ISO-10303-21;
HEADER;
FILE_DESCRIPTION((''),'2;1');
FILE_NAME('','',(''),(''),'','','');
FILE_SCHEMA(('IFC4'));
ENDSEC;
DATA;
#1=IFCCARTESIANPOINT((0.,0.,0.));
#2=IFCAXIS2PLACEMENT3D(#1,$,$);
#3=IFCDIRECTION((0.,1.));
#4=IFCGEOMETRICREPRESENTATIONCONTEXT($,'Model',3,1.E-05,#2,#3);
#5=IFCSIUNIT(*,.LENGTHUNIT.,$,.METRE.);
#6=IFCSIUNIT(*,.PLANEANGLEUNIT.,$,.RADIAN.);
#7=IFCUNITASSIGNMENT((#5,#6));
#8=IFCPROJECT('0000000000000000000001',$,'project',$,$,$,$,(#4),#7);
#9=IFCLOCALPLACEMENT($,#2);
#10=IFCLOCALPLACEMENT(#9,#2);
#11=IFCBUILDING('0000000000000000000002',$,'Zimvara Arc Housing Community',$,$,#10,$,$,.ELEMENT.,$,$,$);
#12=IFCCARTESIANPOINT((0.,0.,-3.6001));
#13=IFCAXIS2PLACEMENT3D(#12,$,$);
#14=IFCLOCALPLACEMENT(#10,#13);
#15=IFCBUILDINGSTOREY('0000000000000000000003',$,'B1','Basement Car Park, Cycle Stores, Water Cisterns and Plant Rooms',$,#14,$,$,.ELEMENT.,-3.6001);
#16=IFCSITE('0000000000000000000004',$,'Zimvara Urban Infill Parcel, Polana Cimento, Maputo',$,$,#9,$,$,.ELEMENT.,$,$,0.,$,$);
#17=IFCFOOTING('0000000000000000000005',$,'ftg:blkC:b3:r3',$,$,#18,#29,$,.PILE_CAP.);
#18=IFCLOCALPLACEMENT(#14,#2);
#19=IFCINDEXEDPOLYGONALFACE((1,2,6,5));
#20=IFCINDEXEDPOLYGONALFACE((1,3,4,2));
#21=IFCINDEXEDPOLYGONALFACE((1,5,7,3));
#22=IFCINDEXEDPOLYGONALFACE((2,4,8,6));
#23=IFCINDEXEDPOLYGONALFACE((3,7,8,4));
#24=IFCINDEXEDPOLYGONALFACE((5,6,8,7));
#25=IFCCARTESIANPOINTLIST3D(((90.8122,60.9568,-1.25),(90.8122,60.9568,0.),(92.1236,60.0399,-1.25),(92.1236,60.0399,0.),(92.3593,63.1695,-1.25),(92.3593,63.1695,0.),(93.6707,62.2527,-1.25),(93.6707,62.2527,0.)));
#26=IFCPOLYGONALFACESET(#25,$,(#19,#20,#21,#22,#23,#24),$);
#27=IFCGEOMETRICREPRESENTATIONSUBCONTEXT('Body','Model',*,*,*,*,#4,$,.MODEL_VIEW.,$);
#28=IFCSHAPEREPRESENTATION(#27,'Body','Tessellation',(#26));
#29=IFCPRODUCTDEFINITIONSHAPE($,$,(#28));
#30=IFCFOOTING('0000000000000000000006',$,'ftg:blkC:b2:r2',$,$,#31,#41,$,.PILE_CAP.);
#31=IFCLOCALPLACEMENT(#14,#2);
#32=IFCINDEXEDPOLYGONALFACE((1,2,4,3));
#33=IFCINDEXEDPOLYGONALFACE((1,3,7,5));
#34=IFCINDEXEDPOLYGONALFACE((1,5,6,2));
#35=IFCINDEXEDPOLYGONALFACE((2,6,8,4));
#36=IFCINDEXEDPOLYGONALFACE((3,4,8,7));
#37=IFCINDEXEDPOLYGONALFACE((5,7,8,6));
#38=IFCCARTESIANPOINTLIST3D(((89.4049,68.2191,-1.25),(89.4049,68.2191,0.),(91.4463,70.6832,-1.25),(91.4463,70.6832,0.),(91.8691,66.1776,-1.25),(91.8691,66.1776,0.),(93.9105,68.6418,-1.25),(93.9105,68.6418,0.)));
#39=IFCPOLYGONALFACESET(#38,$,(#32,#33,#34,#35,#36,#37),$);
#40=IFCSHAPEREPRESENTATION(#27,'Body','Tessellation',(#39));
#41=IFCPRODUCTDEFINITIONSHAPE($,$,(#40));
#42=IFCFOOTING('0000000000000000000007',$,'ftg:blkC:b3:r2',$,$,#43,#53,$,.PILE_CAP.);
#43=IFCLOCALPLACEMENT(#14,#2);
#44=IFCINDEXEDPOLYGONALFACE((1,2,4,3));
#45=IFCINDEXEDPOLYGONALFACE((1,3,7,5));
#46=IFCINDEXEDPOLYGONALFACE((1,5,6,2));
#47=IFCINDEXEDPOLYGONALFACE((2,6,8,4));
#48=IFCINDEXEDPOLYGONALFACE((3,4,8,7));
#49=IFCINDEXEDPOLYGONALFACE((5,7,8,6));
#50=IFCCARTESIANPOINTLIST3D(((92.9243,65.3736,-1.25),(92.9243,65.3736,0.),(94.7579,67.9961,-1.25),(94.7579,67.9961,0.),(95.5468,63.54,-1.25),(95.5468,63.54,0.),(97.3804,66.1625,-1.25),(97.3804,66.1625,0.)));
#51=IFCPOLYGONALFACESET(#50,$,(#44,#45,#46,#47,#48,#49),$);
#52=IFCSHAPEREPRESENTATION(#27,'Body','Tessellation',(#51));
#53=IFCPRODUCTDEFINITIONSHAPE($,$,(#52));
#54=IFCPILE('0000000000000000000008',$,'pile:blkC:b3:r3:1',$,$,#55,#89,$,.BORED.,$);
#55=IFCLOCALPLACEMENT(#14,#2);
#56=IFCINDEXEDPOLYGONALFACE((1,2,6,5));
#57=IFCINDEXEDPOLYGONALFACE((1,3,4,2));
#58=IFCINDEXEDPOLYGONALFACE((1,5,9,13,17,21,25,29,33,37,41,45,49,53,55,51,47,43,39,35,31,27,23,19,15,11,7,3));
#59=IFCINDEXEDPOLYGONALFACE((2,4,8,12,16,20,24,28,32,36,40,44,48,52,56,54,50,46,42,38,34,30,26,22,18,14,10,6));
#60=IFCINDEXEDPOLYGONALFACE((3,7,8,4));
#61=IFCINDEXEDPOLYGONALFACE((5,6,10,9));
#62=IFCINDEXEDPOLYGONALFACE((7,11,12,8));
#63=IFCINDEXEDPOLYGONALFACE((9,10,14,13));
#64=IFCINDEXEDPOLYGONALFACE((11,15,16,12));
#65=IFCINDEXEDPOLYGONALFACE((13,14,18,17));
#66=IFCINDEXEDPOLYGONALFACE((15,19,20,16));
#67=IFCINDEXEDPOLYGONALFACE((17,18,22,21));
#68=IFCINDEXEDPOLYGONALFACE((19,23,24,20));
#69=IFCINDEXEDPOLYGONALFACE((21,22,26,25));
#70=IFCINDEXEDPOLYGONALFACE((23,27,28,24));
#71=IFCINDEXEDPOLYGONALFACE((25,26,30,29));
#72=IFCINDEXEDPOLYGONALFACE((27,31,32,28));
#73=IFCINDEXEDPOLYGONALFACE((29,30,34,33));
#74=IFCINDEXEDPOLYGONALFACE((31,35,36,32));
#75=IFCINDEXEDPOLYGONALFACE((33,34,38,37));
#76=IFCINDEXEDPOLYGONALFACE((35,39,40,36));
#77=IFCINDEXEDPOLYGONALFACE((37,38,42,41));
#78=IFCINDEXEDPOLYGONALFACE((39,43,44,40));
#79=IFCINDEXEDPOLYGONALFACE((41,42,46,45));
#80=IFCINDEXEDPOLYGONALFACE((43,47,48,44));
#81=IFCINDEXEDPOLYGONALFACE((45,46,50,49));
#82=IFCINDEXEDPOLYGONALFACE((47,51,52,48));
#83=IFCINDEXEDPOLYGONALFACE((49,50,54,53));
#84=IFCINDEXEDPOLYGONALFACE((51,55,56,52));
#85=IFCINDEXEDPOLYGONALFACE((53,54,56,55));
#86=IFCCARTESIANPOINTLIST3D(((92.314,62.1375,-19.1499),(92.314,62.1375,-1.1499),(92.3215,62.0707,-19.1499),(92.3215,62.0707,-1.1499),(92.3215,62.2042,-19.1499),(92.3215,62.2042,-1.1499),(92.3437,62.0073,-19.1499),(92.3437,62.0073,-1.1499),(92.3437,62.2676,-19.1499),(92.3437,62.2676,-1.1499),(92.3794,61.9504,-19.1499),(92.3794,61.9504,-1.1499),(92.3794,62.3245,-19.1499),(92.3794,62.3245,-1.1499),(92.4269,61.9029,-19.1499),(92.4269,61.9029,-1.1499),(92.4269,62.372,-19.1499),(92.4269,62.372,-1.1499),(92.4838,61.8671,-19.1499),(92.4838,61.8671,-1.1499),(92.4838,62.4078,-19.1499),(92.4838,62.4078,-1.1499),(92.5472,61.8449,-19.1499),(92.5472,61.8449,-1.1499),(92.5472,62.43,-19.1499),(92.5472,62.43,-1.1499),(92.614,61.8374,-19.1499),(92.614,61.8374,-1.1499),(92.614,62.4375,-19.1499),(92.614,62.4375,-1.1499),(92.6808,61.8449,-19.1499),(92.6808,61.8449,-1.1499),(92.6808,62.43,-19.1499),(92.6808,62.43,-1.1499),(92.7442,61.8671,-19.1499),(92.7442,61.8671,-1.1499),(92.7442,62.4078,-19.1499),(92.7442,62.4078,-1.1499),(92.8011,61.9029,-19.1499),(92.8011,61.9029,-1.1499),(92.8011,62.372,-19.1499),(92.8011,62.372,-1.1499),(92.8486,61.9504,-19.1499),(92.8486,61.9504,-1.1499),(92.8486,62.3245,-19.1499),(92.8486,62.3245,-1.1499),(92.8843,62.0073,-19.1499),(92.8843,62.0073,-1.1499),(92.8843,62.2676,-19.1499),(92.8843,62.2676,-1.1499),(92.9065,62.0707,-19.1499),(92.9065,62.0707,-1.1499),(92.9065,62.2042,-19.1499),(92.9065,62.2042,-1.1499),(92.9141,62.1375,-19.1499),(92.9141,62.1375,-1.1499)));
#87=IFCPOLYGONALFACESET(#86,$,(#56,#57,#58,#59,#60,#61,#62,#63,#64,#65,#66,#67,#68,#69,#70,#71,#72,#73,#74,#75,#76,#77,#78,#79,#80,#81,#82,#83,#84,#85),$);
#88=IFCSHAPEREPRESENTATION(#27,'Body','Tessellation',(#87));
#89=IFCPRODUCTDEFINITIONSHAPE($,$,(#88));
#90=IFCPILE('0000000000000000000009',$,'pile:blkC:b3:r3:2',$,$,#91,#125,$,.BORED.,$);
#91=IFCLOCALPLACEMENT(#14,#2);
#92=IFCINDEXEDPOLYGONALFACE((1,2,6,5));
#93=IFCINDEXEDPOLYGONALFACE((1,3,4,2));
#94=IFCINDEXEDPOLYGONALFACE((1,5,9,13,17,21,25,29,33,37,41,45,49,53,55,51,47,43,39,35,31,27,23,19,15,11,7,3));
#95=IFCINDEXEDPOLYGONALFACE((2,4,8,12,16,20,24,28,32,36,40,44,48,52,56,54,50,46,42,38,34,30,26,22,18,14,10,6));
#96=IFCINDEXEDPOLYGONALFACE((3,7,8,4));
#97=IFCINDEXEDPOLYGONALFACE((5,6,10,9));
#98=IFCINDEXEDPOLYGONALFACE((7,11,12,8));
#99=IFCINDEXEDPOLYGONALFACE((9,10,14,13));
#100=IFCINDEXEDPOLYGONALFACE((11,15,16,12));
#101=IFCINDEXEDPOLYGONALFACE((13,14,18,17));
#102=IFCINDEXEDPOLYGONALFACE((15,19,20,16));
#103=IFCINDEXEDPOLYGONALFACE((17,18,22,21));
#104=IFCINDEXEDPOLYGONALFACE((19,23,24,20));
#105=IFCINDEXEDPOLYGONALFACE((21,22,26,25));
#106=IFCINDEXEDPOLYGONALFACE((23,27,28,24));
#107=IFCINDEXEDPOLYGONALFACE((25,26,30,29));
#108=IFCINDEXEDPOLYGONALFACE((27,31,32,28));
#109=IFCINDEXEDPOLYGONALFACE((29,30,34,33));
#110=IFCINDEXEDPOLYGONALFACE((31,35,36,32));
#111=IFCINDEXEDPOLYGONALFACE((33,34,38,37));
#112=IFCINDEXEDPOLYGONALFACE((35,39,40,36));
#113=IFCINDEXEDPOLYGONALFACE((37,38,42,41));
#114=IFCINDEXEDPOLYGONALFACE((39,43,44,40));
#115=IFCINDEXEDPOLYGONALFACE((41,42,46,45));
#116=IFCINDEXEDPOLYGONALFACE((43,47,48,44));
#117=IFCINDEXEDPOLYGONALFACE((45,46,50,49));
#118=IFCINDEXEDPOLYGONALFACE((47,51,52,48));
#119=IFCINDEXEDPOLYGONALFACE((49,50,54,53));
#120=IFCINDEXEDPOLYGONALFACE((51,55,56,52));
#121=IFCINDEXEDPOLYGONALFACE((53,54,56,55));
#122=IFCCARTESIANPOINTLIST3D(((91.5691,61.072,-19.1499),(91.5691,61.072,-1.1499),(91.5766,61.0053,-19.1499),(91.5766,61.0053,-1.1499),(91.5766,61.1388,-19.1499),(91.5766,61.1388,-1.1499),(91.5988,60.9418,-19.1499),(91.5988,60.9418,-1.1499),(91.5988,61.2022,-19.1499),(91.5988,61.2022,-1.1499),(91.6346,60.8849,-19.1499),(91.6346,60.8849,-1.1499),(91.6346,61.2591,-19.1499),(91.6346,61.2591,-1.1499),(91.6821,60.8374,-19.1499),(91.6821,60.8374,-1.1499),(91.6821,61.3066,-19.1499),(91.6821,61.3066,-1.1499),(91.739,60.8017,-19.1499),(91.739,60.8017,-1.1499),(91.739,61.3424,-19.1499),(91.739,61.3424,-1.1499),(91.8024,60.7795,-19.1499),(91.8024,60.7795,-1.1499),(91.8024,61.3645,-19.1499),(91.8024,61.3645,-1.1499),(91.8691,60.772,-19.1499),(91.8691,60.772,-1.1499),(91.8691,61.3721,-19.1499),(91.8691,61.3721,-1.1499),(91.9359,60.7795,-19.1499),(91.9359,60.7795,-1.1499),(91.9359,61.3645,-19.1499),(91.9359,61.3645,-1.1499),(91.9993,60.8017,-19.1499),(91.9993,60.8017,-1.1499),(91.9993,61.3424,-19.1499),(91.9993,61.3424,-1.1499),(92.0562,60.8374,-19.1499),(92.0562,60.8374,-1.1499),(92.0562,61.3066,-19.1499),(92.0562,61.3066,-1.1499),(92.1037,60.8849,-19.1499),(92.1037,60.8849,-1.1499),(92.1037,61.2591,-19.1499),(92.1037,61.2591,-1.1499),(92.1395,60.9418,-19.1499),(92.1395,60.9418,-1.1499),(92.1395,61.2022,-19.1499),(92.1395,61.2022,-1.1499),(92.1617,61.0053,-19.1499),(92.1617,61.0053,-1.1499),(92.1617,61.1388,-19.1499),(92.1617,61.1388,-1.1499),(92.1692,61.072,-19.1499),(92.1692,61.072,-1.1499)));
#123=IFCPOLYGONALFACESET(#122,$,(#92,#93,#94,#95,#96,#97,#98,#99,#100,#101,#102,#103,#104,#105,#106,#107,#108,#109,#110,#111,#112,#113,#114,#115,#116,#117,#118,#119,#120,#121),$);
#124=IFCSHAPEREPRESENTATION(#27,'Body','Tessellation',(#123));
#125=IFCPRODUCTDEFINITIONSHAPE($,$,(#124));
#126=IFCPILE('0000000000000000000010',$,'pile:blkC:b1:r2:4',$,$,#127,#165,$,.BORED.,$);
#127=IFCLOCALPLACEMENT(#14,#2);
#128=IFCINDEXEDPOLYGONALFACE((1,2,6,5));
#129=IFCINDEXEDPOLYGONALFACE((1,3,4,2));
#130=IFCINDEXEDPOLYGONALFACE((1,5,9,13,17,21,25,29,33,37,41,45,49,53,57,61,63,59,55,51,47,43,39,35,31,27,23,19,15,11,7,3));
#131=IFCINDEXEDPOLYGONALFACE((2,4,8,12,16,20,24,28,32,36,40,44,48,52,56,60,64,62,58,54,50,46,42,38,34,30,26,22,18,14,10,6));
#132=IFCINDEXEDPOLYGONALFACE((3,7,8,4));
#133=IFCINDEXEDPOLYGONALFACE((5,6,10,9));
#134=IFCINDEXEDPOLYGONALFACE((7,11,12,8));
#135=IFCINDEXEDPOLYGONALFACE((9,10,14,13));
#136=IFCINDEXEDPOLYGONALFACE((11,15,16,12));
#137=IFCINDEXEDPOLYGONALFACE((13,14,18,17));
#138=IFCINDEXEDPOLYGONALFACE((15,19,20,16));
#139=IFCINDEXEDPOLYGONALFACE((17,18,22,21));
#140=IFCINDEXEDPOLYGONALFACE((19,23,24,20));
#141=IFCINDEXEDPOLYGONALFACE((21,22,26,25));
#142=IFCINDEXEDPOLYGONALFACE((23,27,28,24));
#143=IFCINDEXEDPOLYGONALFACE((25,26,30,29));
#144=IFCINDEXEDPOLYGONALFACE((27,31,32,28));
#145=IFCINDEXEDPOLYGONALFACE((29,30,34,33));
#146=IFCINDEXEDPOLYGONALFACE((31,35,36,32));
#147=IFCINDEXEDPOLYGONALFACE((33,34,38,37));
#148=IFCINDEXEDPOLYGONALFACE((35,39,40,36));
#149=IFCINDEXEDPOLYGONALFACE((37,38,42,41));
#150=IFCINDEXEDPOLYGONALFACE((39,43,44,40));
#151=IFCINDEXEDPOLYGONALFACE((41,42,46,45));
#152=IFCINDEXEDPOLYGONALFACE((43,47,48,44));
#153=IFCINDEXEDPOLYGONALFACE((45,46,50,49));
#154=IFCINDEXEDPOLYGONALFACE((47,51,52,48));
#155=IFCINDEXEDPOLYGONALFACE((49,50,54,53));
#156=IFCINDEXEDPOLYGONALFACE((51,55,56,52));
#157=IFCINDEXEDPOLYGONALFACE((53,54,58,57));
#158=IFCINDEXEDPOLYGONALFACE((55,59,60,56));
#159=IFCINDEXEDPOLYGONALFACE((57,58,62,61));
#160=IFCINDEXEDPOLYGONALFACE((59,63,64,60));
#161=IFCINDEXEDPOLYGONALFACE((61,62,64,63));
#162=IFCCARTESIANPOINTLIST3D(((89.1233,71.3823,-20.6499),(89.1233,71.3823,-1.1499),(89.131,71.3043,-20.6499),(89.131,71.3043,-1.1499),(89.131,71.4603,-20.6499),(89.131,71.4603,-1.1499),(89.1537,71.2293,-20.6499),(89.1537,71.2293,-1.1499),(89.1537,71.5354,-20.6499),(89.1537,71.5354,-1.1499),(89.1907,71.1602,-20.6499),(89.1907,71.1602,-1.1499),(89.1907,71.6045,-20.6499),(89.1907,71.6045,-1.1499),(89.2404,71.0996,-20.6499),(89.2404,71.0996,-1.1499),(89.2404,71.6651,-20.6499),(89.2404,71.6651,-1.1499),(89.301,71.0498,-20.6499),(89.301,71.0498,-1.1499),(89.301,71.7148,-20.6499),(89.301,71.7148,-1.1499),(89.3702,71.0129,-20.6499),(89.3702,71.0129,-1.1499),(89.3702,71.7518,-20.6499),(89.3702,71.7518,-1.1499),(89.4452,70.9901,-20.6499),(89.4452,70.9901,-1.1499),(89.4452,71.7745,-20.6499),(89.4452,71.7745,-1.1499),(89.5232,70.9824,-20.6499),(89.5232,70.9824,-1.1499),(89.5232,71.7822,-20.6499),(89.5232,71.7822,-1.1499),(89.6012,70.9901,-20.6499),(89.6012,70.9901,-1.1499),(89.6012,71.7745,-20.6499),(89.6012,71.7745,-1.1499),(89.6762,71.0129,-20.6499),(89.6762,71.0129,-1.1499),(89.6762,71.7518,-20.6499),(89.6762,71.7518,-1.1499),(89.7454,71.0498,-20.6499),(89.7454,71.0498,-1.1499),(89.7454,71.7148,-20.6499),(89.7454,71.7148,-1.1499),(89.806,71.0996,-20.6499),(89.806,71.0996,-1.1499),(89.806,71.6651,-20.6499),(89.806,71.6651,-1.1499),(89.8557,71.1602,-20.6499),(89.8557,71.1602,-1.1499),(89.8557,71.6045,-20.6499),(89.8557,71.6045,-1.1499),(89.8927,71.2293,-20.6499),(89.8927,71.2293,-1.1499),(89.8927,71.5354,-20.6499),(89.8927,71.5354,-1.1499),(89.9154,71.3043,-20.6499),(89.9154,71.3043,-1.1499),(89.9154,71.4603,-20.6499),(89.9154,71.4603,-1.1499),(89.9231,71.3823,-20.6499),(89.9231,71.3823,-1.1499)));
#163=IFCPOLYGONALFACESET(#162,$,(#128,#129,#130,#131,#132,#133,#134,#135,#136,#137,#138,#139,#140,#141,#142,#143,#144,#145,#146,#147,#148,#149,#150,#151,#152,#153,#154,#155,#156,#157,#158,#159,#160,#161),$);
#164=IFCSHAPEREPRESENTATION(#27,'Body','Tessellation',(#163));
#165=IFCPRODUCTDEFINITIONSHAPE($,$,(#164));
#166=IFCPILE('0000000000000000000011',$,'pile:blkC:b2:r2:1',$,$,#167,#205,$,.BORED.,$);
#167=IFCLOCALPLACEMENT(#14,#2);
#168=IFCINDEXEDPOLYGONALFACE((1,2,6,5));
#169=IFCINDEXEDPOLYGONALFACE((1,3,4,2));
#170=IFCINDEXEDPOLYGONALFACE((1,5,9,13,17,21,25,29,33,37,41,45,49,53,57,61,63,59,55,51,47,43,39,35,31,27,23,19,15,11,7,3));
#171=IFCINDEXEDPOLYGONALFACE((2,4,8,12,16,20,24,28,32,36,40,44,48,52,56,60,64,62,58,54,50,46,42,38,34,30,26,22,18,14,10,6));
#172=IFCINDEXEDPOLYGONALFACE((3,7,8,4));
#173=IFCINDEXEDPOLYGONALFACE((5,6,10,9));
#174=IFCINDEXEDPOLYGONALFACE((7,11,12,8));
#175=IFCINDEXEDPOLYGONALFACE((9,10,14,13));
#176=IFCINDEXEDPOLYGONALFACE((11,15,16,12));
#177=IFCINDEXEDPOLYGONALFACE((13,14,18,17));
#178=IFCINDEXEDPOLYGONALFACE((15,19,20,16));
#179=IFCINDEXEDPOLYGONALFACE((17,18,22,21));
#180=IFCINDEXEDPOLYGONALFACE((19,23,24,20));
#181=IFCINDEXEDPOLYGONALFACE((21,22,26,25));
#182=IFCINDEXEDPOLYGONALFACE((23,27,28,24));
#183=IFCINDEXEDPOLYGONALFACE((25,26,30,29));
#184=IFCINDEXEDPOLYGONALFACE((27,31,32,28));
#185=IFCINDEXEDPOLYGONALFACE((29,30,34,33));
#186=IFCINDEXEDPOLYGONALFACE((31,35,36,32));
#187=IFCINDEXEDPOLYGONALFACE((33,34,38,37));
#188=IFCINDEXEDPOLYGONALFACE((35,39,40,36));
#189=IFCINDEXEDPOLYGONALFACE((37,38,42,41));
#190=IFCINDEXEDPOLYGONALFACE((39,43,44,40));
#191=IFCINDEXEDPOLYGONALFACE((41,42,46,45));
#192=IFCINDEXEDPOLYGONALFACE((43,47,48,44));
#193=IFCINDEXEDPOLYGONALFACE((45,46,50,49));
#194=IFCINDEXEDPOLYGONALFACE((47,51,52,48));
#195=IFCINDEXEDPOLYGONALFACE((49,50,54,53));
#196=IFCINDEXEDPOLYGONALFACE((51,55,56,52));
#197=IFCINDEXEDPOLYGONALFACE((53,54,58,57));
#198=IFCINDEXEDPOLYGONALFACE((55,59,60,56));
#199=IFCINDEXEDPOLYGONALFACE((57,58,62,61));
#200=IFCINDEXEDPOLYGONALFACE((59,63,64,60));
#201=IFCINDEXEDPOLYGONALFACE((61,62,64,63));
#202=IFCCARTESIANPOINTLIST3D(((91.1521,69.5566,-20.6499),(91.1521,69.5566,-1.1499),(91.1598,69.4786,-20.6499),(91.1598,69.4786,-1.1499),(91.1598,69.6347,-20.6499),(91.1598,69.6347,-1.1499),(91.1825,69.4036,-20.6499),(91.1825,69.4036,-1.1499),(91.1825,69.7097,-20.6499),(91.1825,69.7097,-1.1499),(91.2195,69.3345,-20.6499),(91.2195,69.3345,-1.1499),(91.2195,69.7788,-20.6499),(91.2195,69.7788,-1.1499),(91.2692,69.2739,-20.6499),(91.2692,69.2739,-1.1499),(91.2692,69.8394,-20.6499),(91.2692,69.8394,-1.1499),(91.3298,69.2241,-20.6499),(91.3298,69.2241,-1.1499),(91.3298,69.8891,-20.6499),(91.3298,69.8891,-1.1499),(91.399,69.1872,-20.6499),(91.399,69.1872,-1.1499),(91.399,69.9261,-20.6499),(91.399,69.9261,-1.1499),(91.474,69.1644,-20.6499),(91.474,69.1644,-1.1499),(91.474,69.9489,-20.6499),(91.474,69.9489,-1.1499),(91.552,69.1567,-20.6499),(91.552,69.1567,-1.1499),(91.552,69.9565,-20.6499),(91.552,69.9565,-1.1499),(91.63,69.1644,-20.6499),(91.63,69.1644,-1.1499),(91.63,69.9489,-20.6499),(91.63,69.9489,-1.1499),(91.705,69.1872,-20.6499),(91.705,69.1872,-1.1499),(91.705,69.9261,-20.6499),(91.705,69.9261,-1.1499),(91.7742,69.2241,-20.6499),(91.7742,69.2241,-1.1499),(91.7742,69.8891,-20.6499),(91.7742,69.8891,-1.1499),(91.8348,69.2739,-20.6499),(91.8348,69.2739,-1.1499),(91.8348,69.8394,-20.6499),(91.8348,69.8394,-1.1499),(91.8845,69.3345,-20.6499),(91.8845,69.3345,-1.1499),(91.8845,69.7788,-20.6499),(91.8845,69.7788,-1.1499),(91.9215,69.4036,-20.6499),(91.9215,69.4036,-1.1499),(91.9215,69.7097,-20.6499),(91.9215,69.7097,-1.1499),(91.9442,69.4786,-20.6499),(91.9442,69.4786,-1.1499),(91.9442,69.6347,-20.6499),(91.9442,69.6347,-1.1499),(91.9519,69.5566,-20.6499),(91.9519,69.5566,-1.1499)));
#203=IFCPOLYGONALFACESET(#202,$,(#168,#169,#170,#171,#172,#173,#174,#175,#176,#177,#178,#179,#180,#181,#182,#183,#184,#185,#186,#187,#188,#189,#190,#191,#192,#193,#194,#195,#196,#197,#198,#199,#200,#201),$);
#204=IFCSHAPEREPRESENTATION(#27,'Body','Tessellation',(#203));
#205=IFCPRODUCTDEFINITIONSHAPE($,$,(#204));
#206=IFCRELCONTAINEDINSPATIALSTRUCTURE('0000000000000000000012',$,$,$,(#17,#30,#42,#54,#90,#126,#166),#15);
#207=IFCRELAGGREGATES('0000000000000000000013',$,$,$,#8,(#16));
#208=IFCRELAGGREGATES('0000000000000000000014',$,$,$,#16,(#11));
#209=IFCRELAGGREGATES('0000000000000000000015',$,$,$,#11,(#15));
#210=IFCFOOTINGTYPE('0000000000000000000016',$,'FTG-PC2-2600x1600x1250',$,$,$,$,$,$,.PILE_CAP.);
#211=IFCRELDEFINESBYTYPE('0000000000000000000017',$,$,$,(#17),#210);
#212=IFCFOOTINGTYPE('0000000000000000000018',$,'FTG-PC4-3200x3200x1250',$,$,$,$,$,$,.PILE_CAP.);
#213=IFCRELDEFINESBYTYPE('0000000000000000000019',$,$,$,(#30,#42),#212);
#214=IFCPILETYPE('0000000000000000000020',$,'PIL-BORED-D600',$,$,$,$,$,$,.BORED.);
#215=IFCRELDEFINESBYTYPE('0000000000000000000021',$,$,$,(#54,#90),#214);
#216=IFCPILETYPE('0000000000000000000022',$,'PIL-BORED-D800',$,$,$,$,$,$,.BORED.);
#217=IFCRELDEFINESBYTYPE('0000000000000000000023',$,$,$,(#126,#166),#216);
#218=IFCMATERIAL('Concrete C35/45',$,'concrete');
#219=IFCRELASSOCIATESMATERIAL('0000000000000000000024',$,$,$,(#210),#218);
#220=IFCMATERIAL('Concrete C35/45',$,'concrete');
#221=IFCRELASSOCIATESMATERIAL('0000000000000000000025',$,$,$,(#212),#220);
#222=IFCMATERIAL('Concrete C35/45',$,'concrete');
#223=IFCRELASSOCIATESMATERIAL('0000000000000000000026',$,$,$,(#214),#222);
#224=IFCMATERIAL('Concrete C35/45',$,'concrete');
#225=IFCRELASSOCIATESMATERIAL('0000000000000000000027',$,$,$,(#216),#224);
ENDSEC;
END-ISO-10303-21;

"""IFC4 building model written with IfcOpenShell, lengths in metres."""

from ifc_helpers import new_model, si_unit, direction, frame, origin, origin_2d, place, context, subcontext, project, spatial, rectangle, circle, extrude, material, material_profile, profile_set, type_object, element, save


model = new_model("IFC4")

# Units and contexts
model_context = context("Model", 3, precision=1e-05, world=origin(), true_north=direction((0.0, 1.0)))
body_context = subcontext(model_context, "Body", "Model", "MODEL_VIEW")
ifc_project = project(units=[si_unit("LENGTHUNIT", "METRE"), si_unit("PLANEANGLEUNIT", "RADIAN")], contexts=[model_context])

# Site, building, storey
site_placement = place(None, origin())
site = spatial("IfcSite", under=ifc_project, at=site_placement, Name="Zimvara Urban Infill Parcel, Polana Cimento, Maputo", CompositionType="ELEMENT", RefElevation=0.0)
building_placement = place(site_placement, origin())
building = spatial("IfcBuilding", under=site, at=building_placement, Name="Zimvara Arc Housing Community", CompositionType="ELEMENT")
storey_placement = place(building_placement, frame((0.0, 0.0, -3.6001)))
storey = spatial("IfcBuildingStorey", under=building, at=storey_placement, Name="B1", Description="Basement Car Park, Cycle Stores, Water Cisterns and Plant Rooms", CompositionType="ELEMENT", Elevation=-3.6001)

# Footings
ifc_material_1 = material(Name="Concrete C35/45", Category="concrete")
footing_type_1 = type_object("IfcFootingType", Name="FTG-PC2-2600x1600x1250", PredefinedType="PILE_CAP", material=ifc_material_1)
footing_placement = place(storey_placement, frame((92.2415, 61.6047, -1.25), z_axis=(0.0, 0.0, 1.0), x_axis=(-0.573004, -0.819552, 0.0)))
element("IfcFooting", 1, at=footing_placement, inside=storey, type_object=footing_type_1, Name="ftg:blkC:b3:r3", PredefinedType="PILE_CAP", context=body_context, shape_type="SweptSolid", body=[
    extrude(rectangle(XDim=2.7, YDim=1.6001, at=origin_2d()), origin(), (0.0, 0.0, 1.0), 1.25),
])
ifc_material_2 = material(Name="Concrete C35/45", Category="concrete")
footing_type_2 = type_object("IfcFootingType", Name="FTG-PC4-3200x3200x1250", PredefinedType="PILE_CAP", material=ifc_material_2)
for number, where, z_axis, x_axis, name in (
    (2, (91.6577, 68.4304, -1.25), (0.0, 0.0, 1.0), (-0.637962, -0.770068, 0.0), "ftg:blkC:b2:r2"),
    (3, (95.1523, 65.7681, -1.25), (0.0, 0.0, 1.0), (-0.573004, -0.819552, 0.0), "ftg:blkC:b3:r2"),
):
    element("IfcFooting", number, at=place(storey_placement, frame(where, z_axis=z_axis, x_axis=x_axis)), inside=storey, type_object=footing_type_2, Name=name, PredefinedType="PILE_CAP", context=body_context, shape_type="SweptSolid", body=[
        extrude(rectangle(XDim=3.2, YDim=3.2, at=origin_2d()), origin(), (0.0, 0.0, 1.0), 1.25),
    ])

# Piles
ifc_material_3 = material(Name="Concrete C35/45", Category="concrete")
ifc_material_profile_1 = material_profile(ifc_material_3, circle(Radius=0.3, at=origin_2d()), Name="PILE D600")
ifc_profile_set_1 = profile_set([ifc_material_profile_1], Name="Concrete C35/45")
pile_type_1 = type_object("IfcPileType", Name="PIL-BORED-D600", PredefinedType="BORED", material=ifc_profile_set_1)
for number, where, z_axis, x_axis, name in (
    (4, (92.614, 62.1375, -1.1499), (0.0, 0.0, -1.0), (1.0, 0.0, 0.0), "pile:blkC:b3:r3:1"),
    (5, (91.8691, 61.072, -1.1499), (0.0, 0.0, -1.0), (1.0, 0.0, 0.0), "pile:blkC:b3:r3:2"),
):
    element("IfcPile", number, at=place(storey_placement, frame(where, z_axis=z_axis, x_axis=x_axis)), inside=storey, type_object=pile_type_1, Name=name, PredefinedType="BORED", context=body_context, shape_type="SweptSolid", body=[
        extrude(circle(Radius=0.3, at=origin_2d()), origin(), (0.0, 0.0, 1.0), 18.0),
    ])
ifc_material_4 = material(Name="Concrete C35/45", Category="concrete")
ifc_material_profile_2 = material_profile(ifc_material_4, circle(Radius=0.3999, at=origin_2d()), Name="PILE D800")
ifc_profile_set_2 = profile_set([ifc_material_profile_2], Name="Concrete C35/45")
pile_type_2 = type_object("IfcPileType", Name="PIL-BORED-D800", PredefinedType="BORED", material=ifc_profile_set_2)
for number, where, z_axis, x_axis, name in (
    (6, (89.5232, 71.3823, -1.1499), (0.0, 0.0, -1.0), (1.0, 0.0, 0.0), "pile:blkC:b1:r2:4"),
    (7, (91.552, 69.5566, -1.1499), (0.0, 0.0, -1.0), (1.0, 0.0, 0.0), "pile:blkC:b2:r2:1"),
):
    element("IfcPile", number, at=place(storey_placement, frame(where, z_axis=z_axis, x_axis=x_axis)), inside=storey, type_object=pile_type_2, Name=name, PredefinedType="BORED", context=body_context, shape_type="SweptSolid", body=[
        extrude(circle(Radius=0.3999, at=origin_2d()), origin(), (0.0, 0.0, 1.0), 19.5),
    ])

save(model, "model.ifc")
